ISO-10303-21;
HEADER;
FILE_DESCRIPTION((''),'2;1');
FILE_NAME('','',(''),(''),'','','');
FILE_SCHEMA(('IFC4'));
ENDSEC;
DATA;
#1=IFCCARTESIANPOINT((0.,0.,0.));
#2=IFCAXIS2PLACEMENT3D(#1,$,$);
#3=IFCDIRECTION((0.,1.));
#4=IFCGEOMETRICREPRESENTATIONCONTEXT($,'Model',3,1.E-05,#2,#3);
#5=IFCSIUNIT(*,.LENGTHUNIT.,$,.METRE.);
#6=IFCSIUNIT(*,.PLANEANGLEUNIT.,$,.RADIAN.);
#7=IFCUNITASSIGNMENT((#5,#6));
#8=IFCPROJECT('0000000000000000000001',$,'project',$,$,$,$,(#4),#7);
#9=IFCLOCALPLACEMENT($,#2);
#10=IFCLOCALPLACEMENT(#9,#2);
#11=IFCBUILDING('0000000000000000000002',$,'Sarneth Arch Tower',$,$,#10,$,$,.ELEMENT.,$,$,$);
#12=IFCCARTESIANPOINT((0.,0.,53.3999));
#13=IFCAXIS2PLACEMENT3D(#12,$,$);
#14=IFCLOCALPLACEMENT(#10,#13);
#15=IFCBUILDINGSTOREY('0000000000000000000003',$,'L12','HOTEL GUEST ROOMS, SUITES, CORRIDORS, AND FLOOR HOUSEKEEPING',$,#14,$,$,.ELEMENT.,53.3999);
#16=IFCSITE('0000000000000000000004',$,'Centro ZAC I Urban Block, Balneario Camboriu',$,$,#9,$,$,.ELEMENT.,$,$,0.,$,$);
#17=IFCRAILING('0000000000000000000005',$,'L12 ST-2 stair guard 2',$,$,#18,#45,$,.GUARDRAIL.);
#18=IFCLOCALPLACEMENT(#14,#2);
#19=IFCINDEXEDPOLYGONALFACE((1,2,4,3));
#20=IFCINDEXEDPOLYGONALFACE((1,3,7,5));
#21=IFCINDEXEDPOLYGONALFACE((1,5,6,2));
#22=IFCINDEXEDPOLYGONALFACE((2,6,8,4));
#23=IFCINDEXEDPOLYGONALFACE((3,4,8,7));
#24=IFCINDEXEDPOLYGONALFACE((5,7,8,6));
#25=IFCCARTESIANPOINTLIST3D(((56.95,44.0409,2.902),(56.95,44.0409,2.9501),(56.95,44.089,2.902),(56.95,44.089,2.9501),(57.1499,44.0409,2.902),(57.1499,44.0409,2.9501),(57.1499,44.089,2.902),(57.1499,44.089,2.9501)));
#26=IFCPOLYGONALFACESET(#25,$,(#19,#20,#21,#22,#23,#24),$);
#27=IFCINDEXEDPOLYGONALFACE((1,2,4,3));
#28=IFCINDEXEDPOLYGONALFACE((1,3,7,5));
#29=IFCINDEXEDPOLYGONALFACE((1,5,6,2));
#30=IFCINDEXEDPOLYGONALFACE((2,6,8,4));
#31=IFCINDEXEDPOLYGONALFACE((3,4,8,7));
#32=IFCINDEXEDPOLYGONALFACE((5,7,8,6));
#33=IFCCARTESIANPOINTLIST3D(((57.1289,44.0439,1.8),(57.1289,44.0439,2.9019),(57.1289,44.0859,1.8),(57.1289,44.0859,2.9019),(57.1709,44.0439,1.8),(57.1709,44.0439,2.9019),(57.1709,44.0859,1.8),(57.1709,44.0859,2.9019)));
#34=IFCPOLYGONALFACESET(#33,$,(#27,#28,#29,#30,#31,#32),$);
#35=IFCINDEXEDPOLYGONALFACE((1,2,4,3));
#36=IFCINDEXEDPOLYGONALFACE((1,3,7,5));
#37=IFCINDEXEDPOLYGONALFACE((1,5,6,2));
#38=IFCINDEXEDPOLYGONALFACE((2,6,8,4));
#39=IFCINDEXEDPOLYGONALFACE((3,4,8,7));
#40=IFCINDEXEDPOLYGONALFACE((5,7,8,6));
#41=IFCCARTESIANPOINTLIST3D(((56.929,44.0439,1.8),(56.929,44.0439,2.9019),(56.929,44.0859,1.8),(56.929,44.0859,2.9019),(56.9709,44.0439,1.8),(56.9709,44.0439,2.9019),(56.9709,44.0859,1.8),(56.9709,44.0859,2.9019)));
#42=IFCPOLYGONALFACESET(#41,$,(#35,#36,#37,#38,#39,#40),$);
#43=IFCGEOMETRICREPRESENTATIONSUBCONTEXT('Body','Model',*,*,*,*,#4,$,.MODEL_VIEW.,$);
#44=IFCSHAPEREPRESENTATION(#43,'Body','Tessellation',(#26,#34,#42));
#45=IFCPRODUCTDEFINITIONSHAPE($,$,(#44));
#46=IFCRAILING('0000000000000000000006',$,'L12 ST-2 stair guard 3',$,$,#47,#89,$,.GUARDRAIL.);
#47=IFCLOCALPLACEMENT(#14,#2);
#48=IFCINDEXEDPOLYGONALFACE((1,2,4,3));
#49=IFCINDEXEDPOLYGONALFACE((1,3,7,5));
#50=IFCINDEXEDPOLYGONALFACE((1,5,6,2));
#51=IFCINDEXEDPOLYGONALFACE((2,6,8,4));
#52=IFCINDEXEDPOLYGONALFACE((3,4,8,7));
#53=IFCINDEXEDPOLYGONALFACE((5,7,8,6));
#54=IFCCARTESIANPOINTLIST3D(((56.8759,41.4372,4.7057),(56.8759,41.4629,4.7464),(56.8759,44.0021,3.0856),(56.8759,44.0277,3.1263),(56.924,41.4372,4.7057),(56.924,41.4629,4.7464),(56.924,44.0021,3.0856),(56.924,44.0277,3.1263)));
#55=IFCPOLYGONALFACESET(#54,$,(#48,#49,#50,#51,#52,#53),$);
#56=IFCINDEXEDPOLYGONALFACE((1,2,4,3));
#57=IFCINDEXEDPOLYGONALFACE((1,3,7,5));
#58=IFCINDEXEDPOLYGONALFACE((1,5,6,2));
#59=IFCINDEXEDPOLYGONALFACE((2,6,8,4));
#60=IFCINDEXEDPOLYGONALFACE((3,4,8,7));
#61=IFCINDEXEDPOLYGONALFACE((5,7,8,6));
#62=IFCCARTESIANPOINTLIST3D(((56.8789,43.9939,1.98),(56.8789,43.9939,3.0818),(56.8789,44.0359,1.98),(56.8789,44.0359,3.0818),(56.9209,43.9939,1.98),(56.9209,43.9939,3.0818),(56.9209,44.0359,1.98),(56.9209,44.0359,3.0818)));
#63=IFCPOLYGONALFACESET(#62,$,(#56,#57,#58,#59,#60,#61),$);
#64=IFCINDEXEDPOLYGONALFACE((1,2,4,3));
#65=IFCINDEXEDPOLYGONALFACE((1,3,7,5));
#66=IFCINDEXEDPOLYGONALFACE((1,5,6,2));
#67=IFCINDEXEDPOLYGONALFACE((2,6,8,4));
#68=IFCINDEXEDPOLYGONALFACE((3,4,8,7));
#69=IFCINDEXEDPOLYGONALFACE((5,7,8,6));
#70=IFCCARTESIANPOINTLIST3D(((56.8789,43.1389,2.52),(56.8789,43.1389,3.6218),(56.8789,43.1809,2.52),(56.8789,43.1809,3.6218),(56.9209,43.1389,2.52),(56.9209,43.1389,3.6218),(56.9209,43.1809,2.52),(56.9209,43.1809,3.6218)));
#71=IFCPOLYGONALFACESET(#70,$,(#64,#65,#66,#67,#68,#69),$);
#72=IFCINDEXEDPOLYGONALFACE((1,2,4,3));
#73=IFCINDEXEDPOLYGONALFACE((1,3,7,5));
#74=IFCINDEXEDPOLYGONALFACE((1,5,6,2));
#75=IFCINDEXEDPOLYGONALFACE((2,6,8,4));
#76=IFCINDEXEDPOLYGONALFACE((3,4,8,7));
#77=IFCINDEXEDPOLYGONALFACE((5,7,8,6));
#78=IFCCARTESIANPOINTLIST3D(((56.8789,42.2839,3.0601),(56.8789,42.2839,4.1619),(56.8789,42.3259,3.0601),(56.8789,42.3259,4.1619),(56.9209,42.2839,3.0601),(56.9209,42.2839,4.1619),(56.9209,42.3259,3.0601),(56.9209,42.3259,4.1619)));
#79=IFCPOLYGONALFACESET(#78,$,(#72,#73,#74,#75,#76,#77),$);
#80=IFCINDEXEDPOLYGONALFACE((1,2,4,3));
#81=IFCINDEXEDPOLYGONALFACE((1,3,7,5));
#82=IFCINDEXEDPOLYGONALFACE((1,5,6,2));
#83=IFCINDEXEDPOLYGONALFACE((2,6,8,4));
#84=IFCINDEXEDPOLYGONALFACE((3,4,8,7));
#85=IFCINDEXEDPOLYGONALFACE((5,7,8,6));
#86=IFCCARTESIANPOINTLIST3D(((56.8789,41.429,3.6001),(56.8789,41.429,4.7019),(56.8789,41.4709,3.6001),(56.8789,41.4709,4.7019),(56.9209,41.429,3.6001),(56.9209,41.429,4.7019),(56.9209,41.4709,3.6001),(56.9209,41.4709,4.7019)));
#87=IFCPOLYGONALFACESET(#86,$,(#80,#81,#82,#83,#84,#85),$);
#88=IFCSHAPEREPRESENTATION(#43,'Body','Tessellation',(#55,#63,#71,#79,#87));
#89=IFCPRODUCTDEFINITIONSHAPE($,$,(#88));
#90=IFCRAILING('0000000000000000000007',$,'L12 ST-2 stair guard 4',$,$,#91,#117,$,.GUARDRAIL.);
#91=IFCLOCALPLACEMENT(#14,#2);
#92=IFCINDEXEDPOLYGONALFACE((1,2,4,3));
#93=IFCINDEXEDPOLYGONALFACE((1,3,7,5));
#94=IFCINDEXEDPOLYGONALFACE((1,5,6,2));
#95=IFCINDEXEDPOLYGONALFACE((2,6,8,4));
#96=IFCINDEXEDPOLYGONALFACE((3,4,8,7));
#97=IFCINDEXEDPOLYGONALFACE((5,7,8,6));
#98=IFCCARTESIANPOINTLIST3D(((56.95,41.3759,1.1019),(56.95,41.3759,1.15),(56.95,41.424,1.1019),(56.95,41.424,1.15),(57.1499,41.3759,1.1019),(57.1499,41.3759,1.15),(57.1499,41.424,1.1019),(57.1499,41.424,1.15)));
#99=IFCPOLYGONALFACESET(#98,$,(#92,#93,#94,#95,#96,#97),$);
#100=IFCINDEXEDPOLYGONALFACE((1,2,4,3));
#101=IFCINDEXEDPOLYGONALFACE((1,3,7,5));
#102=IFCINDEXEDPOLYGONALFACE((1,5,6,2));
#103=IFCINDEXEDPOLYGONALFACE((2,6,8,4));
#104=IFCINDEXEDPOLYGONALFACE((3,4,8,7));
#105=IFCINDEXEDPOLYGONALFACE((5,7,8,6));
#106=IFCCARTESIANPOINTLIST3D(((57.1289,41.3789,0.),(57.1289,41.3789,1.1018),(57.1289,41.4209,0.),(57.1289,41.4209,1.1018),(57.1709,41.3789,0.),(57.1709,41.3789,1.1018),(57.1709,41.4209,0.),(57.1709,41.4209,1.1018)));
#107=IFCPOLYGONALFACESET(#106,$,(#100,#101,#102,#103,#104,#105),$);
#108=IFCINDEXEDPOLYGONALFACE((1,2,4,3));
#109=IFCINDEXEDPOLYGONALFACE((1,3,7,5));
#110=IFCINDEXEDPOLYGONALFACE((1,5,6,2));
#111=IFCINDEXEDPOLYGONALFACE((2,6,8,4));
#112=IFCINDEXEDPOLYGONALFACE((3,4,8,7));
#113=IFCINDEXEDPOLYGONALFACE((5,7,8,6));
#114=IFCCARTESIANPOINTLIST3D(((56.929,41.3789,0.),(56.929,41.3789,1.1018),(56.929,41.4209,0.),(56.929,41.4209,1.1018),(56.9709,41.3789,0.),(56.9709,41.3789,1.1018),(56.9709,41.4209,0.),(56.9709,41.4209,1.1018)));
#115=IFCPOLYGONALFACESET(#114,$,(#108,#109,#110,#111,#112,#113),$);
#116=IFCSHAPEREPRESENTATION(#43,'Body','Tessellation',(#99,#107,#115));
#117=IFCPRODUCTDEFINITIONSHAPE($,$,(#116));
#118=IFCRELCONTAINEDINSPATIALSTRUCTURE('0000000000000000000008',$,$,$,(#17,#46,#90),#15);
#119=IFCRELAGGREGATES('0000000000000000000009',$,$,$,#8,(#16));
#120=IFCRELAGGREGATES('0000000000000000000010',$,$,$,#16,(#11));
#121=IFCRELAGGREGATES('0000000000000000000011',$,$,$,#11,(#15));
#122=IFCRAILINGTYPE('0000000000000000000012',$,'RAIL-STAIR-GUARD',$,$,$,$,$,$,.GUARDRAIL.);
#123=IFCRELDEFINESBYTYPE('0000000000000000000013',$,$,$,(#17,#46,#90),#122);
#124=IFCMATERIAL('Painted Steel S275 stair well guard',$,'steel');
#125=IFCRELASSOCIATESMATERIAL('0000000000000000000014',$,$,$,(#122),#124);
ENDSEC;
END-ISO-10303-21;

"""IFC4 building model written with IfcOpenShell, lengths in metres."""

from ifc_helpers import new_model, si_unit, direction, frame, origin, origin_2d, place, context, subcontext, project, spatial, rectangle, extrude, material, type_object, element, save


model = new_model("IFC4")

# Units and contexts
model_context = context("Model", 3, precision=1e-05, world=origin(), true_north=direction((0.0, 1.0)))
body_context = subcontext(model_context, "Body", "Model", "MODEL_VIEW")
ifc_project = project(units=[si_unit("LENGTHUNIT", "METRE"), si_unit("PLANEANGLEUNIT", "RADIAN")], contexts=[model_context])

# Site, building, storey
site_placement = place(None, origin())
site = spatial("IfcSite", under=ifc_project, at=site_placement, Name="Centro ZAC I Urban Block, Balneario Camboriu", CompositionType="ELEMENT", RefElevation=0.0)
building_placement = place(site_placement, origin())
building = spatial("IfcBuilding", under=site, at=building_placement, Name="Sarneth Arch Tower", CompositionType="ELEMENT")
storey_placement = place(building_placement, frame((0.0, 0.0, 53.3999)))
storey = spatial("IfcBuildingStorey", under=building, at=storey_placement, Name="L12", Description="HOTEL GUEST ROOMS, SUITES, CORRIDORS, AND FLOOR HOUSEKEEPING", CompositionType="ELEMENT", Elevation=53.3999)

# Railings
ifc_material_1 = material(Name="Painted Steel S275 stair well guard", Category="steel")
railing_type_1 = type_object("IfcRailingType", Name="RAIL-STAIR-GUARD", PredefinedType="GUARDRAIL", material=ifc_material_1)
railing_1_placement = place(storey_placement, frame((57.1499, 44.0649, 1.8)))
element("IfcRailing", 1, at=railing_1_placement, inside=storey, type_object=railing_type_1, Name="L12 ST-2 stair guard 2", PredefinedType="GUARDRAIL", context=body_context, shape_type="SweptSolid", body=[
    extrude(rectangle(XDim=0.0481, YDim=0.0481, at=origin_2d()), frame((0.0, 0.0, 1.126), z_axis=(-1.0, 0.0, 0.0), x_axis=(0.0, -1.0, 0.0)), (0.0, 0.0, 1.0), 0.2),
    extrude(rectangle(XDim=0.042, YDim=0.042, at=origin_2d()), origin(), (0.0, 0.0, 1.0), 1.1018),
    extrude(rectangle(XDim=0.042, YDim=0.042, at=origin_2d()), frame((-0.2, 0.0, 0.0)), (0.0, 0.0, 1.0), 1.1018),
])
railing_2_placement = place(storey_placement, frame((56.8999, 44.0149, 1.98)))
element("IfcRailing", 2, at=railing_2_placement, inside=storey, type_object=railing_type_1, Name="L12 ST-2 stair guard 3", PredefinedType="GUARDRAIL", context=body_context, shape_type="SweptSolid", body=[
    extrude(rectangle(XDim=0.0481, YDim=0.0481, at=origin_2d()), frame((0.0, 0.0, 1.126), z_axis=(0.0, -0.845466, 0.534029), x_axis=(1.0, 0.0, 0.0)), (0.0, 0.0, 1.0), 3.0337),
    extrude(rectangle(XDim=0.042, YDim=0.042, at=origin_2d()), origin(), (0.0, 0.0, 1.0), 1.1018),
    extrude(rectangle(XDim=0.042, YDim=0.042, at=origin_2d()), frame((0.0, -0.855, 0.54)), (0.0, 0.0, 1.0), 1.1018),
    extrude(rectangle(XDim=0.042, YDim=0.042, at=origin_2d()), frame((0.0, -1.71, 1.0801)), (0.0, 0.0, 1.0), 1.1018),
    extrude(rectangle(XDim=0.042, YDim=0.042, at=origin_2d()), frame((0.0, -2.5649, 1.6201)), (0.0, 0.0, 1.0), 1.1018),
])
railing_3_placement = place(storey_placement, frame((57.1499, 41.3999, 0.0)))
element("IfcRailing", 3, at=railing_3_placement, inside=storey, type_object=railing_type_1, Name="L12 ST-2 stair guard 4", PredefinedType="GUARDRAIL", context=body_context, shape_type="SweptSolid", body=[
    extrude(rectangle(XDim=0.0481, YDim=0.0481, at=origin_2d()), frame((0.0, 0.0, 1.126), z_axis=(-1.0, 0.0, 0.0), x_axis=(0.0, -1.0, 0.0)), (0.0, 0.0, 1.0), 0.2),
    extrude(rectangle(XDim=0.042, YDim=0.042, at=origin_2d()), origin(), (0.0, 0.0, 1.0), 1.1018),
    extrude(rectangle(XDim=0.042, YDim=0.042, at=origin_2d()), frame((-0.2, 0.0, 0.0)), (0.0, 0.0, 1.0), 1.1018),
])

save(model, "model.ifc")
